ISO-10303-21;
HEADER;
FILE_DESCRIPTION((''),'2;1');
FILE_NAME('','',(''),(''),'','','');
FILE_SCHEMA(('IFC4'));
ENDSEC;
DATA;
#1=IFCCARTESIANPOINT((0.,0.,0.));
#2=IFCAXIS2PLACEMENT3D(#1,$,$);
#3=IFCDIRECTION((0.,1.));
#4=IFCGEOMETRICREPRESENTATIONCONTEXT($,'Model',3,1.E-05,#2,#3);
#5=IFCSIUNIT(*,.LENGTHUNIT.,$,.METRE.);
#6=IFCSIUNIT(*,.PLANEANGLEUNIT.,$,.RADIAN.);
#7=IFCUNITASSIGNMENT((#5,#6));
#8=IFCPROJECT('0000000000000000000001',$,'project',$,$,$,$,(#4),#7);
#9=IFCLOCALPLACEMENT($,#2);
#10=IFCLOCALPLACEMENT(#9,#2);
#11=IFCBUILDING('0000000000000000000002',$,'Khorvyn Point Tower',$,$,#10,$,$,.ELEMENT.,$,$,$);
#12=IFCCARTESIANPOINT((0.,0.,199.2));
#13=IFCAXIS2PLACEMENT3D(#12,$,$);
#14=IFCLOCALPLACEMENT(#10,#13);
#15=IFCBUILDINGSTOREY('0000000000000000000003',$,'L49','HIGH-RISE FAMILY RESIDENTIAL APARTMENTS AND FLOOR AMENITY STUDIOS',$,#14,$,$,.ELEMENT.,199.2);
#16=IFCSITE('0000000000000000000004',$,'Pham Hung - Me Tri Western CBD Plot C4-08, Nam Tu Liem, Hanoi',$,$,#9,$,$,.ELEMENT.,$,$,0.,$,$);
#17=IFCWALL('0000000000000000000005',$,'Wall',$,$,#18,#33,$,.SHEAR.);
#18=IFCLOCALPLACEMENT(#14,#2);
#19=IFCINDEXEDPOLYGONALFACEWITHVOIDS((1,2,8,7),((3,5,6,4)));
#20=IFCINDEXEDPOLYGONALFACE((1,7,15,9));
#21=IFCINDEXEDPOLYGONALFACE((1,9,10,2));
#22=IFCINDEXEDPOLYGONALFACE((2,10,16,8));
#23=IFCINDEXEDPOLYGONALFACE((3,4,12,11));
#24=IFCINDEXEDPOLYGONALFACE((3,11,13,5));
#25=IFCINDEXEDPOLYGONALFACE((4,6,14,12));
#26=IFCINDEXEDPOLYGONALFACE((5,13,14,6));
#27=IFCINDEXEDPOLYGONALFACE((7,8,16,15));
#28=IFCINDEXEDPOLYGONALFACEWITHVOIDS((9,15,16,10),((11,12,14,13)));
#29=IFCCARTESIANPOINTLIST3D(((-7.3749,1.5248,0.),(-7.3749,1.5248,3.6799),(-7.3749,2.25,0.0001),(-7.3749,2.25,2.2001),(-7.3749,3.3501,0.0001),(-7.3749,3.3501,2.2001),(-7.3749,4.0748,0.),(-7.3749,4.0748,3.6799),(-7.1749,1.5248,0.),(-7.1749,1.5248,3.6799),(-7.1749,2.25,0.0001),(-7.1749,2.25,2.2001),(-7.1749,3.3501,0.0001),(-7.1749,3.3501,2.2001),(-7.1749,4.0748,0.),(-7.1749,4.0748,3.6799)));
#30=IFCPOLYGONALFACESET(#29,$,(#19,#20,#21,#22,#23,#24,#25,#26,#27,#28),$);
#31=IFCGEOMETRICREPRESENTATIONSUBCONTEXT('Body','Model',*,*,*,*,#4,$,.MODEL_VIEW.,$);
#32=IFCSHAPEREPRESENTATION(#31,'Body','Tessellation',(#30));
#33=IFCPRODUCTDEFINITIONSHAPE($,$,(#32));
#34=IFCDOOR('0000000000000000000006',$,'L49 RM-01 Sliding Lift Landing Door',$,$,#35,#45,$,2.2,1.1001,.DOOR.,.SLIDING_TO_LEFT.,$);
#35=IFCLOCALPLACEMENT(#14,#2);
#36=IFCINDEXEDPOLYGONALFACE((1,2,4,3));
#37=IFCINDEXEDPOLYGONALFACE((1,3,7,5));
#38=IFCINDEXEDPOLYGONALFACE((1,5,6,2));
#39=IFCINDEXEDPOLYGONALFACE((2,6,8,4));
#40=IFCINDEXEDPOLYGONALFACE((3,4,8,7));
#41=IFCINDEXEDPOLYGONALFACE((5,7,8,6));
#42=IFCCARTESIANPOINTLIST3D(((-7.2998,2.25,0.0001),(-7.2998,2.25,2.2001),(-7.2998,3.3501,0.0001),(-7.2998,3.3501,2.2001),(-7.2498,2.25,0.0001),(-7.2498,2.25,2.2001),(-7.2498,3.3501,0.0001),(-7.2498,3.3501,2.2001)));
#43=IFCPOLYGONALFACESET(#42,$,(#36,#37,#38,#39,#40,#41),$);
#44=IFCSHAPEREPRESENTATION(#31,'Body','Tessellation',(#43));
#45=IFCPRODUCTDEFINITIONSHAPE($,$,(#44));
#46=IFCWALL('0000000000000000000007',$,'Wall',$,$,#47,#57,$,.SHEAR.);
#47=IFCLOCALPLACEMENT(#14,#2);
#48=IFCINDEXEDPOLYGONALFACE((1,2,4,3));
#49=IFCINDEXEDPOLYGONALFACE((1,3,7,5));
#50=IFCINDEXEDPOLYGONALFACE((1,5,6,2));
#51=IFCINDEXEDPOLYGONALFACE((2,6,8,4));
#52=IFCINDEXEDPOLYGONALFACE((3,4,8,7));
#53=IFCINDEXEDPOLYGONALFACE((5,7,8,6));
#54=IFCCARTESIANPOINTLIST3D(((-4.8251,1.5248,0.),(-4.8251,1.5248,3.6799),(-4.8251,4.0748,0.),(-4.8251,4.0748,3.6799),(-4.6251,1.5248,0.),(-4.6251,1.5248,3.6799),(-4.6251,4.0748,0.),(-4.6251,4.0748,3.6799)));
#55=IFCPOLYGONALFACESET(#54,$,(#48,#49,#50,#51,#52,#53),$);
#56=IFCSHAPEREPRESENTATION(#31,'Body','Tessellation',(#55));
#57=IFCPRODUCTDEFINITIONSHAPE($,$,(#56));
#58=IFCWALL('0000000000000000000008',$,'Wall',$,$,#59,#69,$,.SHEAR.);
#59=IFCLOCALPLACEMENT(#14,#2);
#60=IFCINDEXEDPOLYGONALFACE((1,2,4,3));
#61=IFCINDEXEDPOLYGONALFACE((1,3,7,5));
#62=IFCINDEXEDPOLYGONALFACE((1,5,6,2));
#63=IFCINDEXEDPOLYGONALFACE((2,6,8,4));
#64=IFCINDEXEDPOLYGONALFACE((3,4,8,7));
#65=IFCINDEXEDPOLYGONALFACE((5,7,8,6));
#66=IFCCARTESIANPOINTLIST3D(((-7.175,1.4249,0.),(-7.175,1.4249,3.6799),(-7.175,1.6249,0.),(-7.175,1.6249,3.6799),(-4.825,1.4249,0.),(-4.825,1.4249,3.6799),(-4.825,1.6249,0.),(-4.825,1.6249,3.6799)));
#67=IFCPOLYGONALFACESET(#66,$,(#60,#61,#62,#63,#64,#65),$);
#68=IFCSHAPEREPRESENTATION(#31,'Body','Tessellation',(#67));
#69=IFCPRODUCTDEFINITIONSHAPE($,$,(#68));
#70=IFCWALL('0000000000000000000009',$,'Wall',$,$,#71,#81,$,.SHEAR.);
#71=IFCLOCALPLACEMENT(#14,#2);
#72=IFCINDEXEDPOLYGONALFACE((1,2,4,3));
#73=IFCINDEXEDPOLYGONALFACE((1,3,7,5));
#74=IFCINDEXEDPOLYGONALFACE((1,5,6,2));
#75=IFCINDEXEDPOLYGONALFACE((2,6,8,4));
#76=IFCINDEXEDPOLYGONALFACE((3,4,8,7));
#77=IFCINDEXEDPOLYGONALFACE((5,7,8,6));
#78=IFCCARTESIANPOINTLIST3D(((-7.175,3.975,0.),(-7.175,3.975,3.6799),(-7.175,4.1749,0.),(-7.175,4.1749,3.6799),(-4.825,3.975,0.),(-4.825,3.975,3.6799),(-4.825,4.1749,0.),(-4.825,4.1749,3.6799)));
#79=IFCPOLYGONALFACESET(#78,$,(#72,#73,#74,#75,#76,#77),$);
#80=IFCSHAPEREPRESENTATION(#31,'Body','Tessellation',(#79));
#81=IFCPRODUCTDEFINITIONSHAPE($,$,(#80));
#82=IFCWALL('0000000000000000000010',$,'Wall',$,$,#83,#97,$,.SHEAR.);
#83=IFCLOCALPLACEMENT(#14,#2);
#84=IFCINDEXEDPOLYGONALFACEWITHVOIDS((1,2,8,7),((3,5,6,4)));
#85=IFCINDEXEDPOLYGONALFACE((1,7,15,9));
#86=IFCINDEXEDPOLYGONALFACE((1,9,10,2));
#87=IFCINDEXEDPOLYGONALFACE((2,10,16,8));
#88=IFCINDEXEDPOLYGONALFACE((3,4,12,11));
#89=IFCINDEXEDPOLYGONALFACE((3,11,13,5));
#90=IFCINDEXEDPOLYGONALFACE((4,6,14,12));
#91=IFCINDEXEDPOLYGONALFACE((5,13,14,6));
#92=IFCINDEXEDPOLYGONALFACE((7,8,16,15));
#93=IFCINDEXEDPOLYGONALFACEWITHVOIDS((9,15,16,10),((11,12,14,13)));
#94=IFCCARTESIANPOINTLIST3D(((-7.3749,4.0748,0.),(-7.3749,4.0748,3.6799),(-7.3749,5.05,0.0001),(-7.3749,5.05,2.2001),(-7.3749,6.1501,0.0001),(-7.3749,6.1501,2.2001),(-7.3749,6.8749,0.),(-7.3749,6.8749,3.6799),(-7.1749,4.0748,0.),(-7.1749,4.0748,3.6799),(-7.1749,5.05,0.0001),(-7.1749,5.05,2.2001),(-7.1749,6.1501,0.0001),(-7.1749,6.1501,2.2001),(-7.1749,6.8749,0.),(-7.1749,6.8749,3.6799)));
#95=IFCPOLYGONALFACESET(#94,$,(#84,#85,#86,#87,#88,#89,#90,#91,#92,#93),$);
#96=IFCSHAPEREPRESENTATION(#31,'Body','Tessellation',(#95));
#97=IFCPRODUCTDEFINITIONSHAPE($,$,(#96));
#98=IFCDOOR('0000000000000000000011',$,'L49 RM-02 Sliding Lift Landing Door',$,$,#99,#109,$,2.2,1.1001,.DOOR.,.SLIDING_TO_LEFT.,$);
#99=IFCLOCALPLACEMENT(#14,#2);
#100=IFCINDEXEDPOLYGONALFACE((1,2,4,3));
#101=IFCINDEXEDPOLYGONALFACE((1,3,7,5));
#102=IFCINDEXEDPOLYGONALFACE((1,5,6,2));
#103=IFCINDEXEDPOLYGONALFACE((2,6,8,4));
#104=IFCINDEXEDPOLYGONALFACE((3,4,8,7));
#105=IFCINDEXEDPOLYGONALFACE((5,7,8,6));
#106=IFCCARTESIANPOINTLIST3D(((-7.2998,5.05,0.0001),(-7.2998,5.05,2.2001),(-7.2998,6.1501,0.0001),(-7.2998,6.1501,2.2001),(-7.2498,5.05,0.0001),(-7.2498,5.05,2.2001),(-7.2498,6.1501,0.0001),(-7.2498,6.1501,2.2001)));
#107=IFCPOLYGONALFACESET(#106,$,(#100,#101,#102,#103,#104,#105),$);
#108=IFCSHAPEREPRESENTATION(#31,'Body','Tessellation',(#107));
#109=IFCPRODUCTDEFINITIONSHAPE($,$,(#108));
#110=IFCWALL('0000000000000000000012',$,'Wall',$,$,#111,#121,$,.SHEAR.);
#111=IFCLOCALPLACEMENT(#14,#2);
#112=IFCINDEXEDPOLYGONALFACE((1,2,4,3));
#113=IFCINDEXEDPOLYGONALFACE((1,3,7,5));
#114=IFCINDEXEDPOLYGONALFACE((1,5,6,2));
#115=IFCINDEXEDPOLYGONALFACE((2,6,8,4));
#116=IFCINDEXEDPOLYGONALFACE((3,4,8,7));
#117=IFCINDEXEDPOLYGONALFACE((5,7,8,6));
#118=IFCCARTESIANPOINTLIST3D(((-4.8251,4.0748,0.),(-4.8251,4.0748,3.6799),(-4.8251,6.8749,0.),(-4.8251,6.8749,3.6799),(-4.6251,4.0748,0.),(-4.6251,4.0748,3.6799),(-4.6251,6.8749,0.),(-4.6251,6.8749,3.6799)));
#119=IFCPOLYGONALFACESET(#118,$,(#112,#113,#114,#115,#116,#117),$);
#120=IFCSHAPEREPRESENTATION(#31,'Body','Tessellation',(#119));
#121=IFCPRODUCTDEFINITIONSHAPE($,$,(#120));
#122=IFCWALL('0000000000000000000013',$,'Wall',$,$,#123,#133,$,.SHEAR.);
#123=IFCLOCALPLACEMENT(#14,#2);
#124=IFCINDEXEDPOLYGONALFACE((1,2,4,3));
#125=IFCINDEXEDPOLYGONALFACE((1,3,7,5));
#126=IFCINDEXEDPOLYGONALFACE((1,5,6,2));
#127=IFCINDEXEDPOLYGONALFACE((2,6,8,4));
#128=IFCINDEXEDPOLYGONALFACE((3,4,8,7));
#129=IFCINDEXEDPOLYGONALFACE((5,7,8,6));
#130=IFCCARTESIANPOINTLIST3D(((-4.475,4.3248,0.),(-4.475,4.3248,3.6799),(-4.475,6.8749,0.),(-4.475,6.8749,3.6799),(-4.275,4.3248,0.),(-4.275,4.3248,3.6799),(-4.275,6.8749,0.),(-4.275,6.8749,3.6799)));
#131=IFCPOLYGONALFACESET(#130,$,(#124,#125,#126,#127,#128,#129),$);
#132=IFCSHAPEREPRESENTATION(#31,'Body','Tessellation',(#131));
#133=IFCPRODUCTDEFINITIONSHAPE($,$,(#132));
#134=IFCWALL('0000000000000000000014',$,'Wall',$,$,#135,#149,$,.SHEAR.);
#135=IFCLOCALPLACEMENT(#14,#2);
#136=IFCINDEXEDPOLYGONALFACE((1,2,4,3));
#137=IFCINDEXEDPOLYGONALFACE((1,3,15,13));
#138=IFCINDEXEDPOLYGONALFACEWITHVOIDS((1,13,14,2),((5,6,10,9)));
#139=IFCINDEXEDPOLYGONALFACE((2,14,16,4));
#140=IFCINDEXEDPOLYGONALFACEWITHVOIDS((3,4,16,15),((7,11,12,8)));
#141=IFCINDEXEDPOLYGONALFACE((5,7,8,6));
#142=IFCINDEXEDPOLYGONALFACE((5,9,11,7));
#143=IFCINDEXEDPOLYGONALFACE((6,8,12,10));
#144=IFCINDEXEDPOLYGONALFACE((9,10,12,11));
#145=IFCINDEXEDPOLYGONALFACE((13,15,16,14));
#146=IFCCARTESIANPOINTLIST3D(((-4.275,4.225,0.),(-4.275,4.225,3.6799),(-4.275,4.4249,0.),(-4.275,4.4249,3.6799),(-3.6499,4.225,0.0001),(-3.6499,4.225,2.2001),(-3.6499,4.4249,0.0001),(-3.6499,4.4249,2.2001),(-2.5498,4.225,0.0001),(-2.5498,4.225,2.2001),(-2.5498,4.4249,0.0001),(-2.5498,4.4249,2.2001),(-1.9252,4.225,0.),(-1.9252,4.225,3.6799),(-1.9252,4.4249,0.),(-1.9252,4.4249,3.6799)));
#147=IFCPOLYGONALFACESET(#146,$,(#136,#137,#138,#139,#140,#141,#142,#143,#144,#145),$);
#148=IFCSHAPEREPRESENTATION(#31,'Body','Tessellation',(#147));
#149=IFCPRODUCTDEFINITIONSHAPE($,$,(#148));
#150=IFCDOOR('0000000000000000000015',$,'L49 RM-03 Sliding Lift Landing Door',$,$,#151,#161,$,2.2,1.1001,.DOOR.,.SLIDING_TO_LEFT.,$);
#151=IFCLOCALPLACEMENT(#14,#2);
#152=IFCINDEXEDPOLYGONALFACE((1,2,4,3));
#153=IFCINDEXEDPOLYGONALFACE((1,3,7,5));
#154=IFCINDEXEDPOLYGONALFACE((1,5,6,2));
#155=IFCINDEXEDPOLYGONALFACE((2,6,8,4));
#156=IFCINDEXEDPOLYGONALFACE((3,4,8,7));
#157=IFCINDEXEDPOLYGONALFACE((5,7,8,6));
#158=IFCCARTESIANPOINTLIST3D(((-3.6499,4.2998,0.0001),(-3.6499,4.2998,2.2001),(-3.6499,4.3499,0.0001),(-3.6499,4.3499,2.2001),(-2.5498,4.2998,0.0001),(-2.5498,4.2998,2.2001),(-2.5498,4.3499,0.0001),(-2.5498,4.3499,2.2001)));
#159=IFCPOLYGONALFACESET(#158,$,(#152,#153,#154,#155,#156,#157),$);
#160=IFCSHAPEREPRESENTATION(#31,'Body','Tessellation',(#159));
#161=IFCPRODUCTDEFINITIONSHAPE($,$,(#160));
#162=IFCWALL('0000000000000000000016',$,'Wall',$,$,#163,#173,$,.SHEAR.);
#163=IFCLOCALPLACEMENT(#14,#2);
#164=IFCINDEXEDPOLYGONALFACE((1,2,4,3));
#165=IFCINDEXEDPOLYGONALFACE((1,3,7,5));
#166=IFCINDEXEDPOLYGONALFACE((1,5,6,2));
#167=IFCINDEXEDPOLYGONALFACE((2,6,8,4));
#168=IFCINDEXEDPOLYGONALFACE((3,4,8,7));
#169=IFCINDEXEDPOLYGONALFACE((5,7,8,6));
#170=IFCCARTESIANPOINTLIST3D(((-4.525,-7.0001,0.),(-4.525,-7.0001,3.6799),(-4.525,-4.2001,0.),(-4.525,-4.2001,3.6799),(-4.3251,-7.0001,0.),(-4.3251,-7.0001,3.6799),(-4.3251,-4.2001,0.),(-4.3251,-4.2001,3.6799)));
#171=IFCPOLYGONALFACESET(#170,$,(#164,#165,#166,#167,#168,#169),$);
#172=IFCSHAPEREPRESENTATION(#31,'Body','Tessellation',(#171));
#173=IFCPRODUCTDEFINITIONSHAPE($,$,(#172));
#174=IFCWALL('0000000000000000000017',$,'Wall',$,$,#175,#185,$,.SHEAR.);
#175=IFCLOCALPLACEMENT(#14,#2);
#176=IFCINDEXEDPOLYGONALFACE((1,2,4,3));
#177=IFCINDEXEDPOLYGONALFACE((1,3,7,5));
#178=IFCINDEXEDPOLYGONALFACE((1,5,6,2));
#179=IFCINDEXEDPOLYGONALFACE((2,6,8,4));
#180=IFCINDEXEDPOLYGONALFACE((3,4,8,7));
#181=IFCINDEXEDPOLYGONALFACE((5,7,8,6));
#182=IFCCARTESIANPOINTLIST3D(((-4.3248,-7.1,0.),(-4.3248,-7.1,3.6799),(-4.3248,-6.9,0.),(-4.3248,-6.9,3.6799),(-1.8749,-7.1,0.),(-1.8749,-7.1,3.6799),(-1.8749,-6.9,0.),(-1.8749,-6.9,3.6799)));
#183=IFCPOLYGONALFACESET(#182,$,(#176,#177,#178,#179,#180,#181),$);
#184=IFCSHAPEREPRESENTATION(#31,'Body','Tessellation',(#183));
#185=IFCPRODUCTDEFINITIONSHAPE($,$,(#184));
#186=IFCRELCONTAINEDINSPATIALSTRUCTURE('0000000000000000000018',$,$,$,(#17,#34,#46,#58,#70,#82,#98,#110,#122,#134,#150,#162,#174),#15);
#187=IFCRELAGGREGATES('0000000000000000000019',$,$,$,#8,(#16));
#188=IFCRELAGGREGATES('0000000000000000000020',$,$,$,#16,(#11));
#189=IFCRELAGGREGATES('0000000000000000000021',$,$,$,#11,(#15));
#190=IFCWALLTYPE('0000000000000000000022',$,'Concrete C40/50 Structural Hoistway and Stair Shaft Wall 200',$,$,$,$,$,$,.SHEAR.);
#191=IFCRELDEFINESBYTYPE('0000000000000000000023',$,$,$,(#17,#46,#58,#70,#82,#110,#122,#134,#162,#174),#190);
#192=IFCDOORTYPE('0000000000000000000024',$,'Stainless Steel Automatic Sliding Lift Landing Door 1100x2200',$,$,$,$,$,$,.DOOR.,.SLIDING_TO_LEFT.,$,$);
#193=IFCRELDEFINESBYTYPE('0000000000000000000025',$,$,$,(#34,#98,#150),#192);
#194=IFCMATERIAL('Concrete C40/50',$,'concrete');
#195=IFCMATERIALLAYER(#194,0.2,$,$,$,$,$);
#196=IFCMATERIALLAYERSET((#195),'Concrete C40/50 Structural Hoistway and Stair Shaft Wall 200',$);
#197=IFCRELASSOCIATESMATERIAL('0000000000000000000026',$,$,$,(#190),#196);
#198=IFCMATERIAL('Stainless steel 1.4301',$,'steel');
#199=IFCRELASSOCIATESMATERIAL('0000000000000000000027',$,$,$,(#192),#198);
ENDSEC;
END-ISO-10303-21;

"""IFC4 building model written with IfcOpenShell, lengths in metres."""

from ifc_helpers import new_model, si_unit, direction, frame, frame_2d, origin, place, context, subcontext, project, spatial, rectangle, extrude, material, layer, layer_set, type_object, element, fill, save


model = new_model("IFC4")

# Units and contexts
model_context = context("Model", 3, precision=1e-05, world=origin(), true_north=direction((0.0, 1.0)))
body_context = subcontext(model_context, "Body", "Model", "MODEL_VIEW")
ifc_project = project(units=[si_unit("LENGTHUNIT", "METRE"), si_unit("PLANEANGLEUNIT", "RADIAN")], contexts=[model_context])

# Site, building, storey
site_placement = place(None, origin())
site = spatial("IfcSite", under=ifc_project, at=site_placement, Name="Pham Hung - Me Tri Western CBD Plot C4-08, Nam Tu Liem, Hanoi", CompositionType="ELEMENT", RefElevation=0.0)
building_placement = place(site_placement, origin())
building = spatial("IfcBuilding", under=site, at=building_placement, Name="Khorvyn Point Tower", CompositionType="ELEMENT")
storey_placement = place(building_placement, frame((0.0, 0.0, 199.2)))
storey = spatial("IfcBuildingStorey", under=building, at=storey_placement, Name="L49", Description="HIGH-RISE FAMILY RESIDENTIAL APARTMENTS AND FLOOR AMENITY STUDIOS", CompositionType="ELEMENT", Elevation=199.2)

# Shared definitions
ifc_material_1 = material(Name="Concrete C40/50", Category="concrete")

# Wall, opening, door
ifc_layer_1 = layer(ifc_material_1, 0.2)
ifc_layer_set_1 = layer_set([ifc_layer_1], Name="Concrete C40/50 Structural Hoistway and Stair Shaft Wall 200")
wall_type_1 = type_object("IfcWallType", Name="Concrete C40/50 Structural Hoistway and Stair Shaft Wall 200", PredefinedType="SHEAR", material=ifc_layer_set_1)
wall_1_placement = place(storey_placement, frame((-7.2749, 1.5249, 0.0), z_axis=(0.0, 0.0, 1.0), x_axis=(0.0, 1.0, 0.0)))
wall_1 = element("IfcWall", 1, at=wall_1_placement, inside=storey, type_object=wall_type_1, Name="Wall", PredefinedType="SHEAR", context=body_context, shape_type="SweptSolid", body=[
    extrude(rectangle(XDim=2.55, YDim=0.2, at=frame_2d((1.2749, 0.0))), origin(), (0.0, 0.0, 1.0), 3.6799),
])
opening_1_placement = place(wall_1_placement, frame((0.7251, 0.0, 0.0)))
opening_1 = element("IfcOpeningElement", 2, at=opening_1_placement, cuts=wall_1, PredefinedType="OPENING", context=body_context, shape_type="SweptSolid", body=[
    extrude(rectangle(XDim=1.1001, YDim=2.2, at=frame_2d((0.55, 1.1001))), frame((0.0, 0.1099, 0.0), z_axis=(0.0, -1.0, 0.0), x_axis=(1.0, 0.0, 0.0)), (0.0, 0.0, 1.0), 0.22),
])
ifc_material_2 = material(Name="Stainless steel 1.4301", Category="steel")
door_type_1 = type_object("IfcDoorType", Name="Stainless Steel Automatic Sliding Lift Landing Door 1100x2200", OperationType="SLIDING_TO_LEFT", PredefinedType="DOOR", material=ifc_material_2)
door_1_placement = place(opening_1_placement, origin())
door_1 = element("IfcDoor", 3, at=door_1_placement, inside=storey, type_object=door_type_1, Name="L49 RM-01 Sliding Lift Landing Door", OperationType="SLIDING_TO_LEFT", OverallHeight=2.2, OverallWidth=1.1001, PredefinedType="DOOR", context=body_context, shape_type="SweptSolid", body=[
    extrude(rectangle(XDim=1.1001, YDim=2.2, at=frame_2d((0.55, 1.1001))), frame((0.0, 0.0249, 0.0), z_axis=(0.0, -1.0, 0.0), x_axis=(1.0, 0.0, 0.0)), (0.0, 0.0, 1.0), 0.05),
])
fill(opening_1, door_1)

# Walls
wall_2_placement = place(storey_placement, frame((-4.7251, 1.5249, 0.0), z_axis=(0.0, 0.0, 1.0), x_axis=(0.0, 1.0, 0.0)))
element("IfcWall", 4, at=wall_2_placement, inside=storey, type_object=wall_type_1, Name="Wall", PredefinedType="SHEAR", context=body_context, shape_type="SweptSolid", body=[
    extrude(rectangle(XDim=2.55, YDim=0.2, at=frame_2d((1.2749, 0.0))), origin(), (0.0, 0.0, 1.0), 3.6799),
])
for number, where, z_axis, x_axis, name in (
    (5, (-7.175, 1.5249, 0.0), (0.0, 0.0, 1.0), (1.0, 0.0, 0.0), "Wall"),
    (6, (-7.175, 4.075, 0.0), (0.0, 0.0, 1.0), (1.0, 0.0, 0.0), "Wall"),
):
    element("IfcWall", number, at=place(storey_placement, frame(where, z_axis=z_axis, x_axis=x_axis)), inside=storey, type_object=wall_type_1, Name=name, PredefinedType="SHEAR", context=body_context, shape_type="SweptSolid", body=[
        extrude(rectangle(XDim=2.3501, YDim=0.2, at=frame_2d((1.175, 0.0))), origin(), (0.0, 0.0, 1.0), 3.6799),
    ])

# Wall, opening, door
wall_3_placement = place(storey_placement, frame((-7.2749, 4.075, 0.0), z_axis=(0.0, 0.0, 1.0), x_axis=(0.0, 1.0, 0.0)))
wall_3 = element("IfcWall", 7, at=wall_3_placement, inside=storey, type_object=wall_type_1, Name="Wall", PredefinedType="SHEAR", context=body_context, shape_type="SweptSolid", body=[
    extrude(rectangle(XDim=2.8, YDim=0.2, at=frame_2d((1.3999, 0.0))), origin(), (0.0, 0.0, 1.0), 3.6799),
])
opening_2_placement = place(wall_3_placement, frame((0.9751, 0.0, 0.0)))
opening_2 = element("IfcOpeningElement", 8, at=opening_2_placement, cuts=wall_3, PredefinedType="OPENING", context=body_context, shape_type="SweptSolid", body=[
    extrude(rectangle(XDim=1.1001, YDim=2.2, at=frame_2d((0.55, 1.1001))), frame((0.0, 0.1099, 0.0), z_axis=(0.0, -1.0, 0.0), x_axis=(1.0, 0.0, 0.0)), (0.0, 0.0, 1.0), 0.22),
])
door_2_placement = place(opening_2_placement, origin())
door_2 = element("IfcDoor", 9, at=door_2_placement, inside=storey, type_object=door_type_1, Name="L49 RM-02 Sliding Lift Landing Door", OperationType="SLIDING_TO_LEFT", OverallHeight=2.2, OverallWidth=1.1001, PredefinedType="DOOR", context=body_context, shape_type="SweptSolid", body=[
    extrude(rectangle(XDim=1.1001, YDim=2.2, at=frame_2d((0.55, 1.1001))), frame((0.0, 0.0249, 0.0), z_axis=(0.0, -1.0, 0.0), x_axis=(1.0, 0.0, 0.0)), (0.0, 0.0, 1.0), 0.05),
])
fill(opening_2, door_2)

# Walls
wall_4_placement = place(storey_placement, frame((-4.7251, 4.075, 0.0), z_axis=(0.0, 0.0, 1.0), x_axis=(0.0, 1.0, 0.0)))
element("IfcWall", 10, at=wall_4_placement, inside=storey, type_object=wall_type_1, Name="Wall", PredefinedType="SHEAR", context=body_context, shape_type="SweptSolid", body=[
    extrude(rectangle(XDim=2.8, YDim=0.2, at=frame_2d((1.3999, 0.0))), origin(), (0.0, 0.0, 1.0), 3.6799),
])
wall_5_placement = place(storey_placement, frame((-4.375, 4.325, 0.0), z_axis=(0.0, 0.0, 1.0), x_axis=(0.0, 1.0, 0.0)))
element("IfcWall", 11, at=wall_5_placement, inside=storey, type_object=wall_type_1, Name="Wall", PredefinedType="SHEAR", context=body_context, shape_type="SweptSolid", body=[
    extrude(rectangle(XDim=2.55, YDim=0.2, at=frame_2d((1.2749, 0.0))), origin(), (0.0, 0.0, 1.0), 3.6799),
])

# Wall, opening, door
wall_6_placement = place(storey_placement, frame((-4.2749, 4.325, 0.0), z_axis=(0.0, 0.0, 1.0), x_axis=(1.0, 0.0, 0.0)))
wall_6 = element("IfcWall", 12, at=wall_6_placement, inside=storey, type_object=wall_type_1, Name="Wall", PredefinedType="SHEAR", context=body_context, shape_type="SweptSolid", body=[
    extrude(rectangle(XDim=2.3499, YDim=0.2, at=frame_2d((1.1748, 0.0))), origin(), (0.0, 0.0, 1.0), 3.6799),
])
opening_3_placement = place(wall_6_placement, frame((0.625, 0.0, 0.0)))
opening_3 = element("IfcOpeningElement", 13, at=opening_3_placement, cuts=wall_6, PredefinedType="OPENING", context=body_context, shape_type="SweptSolid", body=[
    extrude(rectangle(XDim=1.1001, YDim=2.2, at=frame_2d((0.55, 1.1001))), frame((0.0, 0.1099, 0.0), z_axis=(0.0, -1.0, 0.0), x_axis=(1.0, 0.0, 0.0)), (0.0, 0.0, 1.0), 0.22),
])
door_3_placement = place(opening_3_placement, origin())
door_3 = element("IfcDoor", 14, at=door_3_placement, inside=storey, type_object=door_type_1, Name="L49 RM-03 Sliding Lift Landing Door", OperationType="SLIDING_TO_LEFT", OverallHeight=2.2, OverallWidth=1.1001, PredefinedType="DOOR", context=body_context, shape_type="SweptSolid", body=[
    extrude(rectangle(XDim=1.1001, YDim=2.2, at=frame_2d((0.55, 1.1001))), frame((0.0, 0.0249, 0.0), z_axis=(0.0, -1.0, 0.0), x_axis=(1.0, 0.0, 0.0)), (0.0, 0.0, 1.0), 0.05),
])
fill(opening_3, door_3)

# Walls
wall_7_placement = place(storey_placement, frame((-4.425, -7.0, 0.0), z_axis=(0.0, 0.0, 1.0), x_axis=(0.0, 1.0, 0.0)))
element("IfcWall", 15, at=wall_7_placement, inside=storey, type_object=wall_type_1, Name="Wall", PredefinedType="SHEAR", context=body_context, shape_type="SweptSolid", body=[
    extrude(rectangle(XDim=2.8, YDim=0.2, at=frame_2d((1.3999, 0.0))), origin(), (0.0, 0.0, 1.0), 3.6799),
])
for number, where, z_axis, x_axis, name in (
    (16, (-4.325, -7.0, 0.0), (0.0, 0.0, 1.0), (1.0, 0.0, 0.0), "Wall"),
):
    element("IfcWall", number, at=place(storey_placement, frame(where, z_axis=z_axis, x_axis=x_axis)), inside=storey, type_object=wall_type_1, Name=name, PredefinedType="SHEAR", context=body_context, shape_type="SweptSolid", body=[
        extrude(rectangle(XDim=2.45, YDim=0.2, at=frame_2d((1.2251, 0.0))), origin(), (0.0, 0.0, 1.0), 3.6799),
    ])

save(model, "model.ifc")
